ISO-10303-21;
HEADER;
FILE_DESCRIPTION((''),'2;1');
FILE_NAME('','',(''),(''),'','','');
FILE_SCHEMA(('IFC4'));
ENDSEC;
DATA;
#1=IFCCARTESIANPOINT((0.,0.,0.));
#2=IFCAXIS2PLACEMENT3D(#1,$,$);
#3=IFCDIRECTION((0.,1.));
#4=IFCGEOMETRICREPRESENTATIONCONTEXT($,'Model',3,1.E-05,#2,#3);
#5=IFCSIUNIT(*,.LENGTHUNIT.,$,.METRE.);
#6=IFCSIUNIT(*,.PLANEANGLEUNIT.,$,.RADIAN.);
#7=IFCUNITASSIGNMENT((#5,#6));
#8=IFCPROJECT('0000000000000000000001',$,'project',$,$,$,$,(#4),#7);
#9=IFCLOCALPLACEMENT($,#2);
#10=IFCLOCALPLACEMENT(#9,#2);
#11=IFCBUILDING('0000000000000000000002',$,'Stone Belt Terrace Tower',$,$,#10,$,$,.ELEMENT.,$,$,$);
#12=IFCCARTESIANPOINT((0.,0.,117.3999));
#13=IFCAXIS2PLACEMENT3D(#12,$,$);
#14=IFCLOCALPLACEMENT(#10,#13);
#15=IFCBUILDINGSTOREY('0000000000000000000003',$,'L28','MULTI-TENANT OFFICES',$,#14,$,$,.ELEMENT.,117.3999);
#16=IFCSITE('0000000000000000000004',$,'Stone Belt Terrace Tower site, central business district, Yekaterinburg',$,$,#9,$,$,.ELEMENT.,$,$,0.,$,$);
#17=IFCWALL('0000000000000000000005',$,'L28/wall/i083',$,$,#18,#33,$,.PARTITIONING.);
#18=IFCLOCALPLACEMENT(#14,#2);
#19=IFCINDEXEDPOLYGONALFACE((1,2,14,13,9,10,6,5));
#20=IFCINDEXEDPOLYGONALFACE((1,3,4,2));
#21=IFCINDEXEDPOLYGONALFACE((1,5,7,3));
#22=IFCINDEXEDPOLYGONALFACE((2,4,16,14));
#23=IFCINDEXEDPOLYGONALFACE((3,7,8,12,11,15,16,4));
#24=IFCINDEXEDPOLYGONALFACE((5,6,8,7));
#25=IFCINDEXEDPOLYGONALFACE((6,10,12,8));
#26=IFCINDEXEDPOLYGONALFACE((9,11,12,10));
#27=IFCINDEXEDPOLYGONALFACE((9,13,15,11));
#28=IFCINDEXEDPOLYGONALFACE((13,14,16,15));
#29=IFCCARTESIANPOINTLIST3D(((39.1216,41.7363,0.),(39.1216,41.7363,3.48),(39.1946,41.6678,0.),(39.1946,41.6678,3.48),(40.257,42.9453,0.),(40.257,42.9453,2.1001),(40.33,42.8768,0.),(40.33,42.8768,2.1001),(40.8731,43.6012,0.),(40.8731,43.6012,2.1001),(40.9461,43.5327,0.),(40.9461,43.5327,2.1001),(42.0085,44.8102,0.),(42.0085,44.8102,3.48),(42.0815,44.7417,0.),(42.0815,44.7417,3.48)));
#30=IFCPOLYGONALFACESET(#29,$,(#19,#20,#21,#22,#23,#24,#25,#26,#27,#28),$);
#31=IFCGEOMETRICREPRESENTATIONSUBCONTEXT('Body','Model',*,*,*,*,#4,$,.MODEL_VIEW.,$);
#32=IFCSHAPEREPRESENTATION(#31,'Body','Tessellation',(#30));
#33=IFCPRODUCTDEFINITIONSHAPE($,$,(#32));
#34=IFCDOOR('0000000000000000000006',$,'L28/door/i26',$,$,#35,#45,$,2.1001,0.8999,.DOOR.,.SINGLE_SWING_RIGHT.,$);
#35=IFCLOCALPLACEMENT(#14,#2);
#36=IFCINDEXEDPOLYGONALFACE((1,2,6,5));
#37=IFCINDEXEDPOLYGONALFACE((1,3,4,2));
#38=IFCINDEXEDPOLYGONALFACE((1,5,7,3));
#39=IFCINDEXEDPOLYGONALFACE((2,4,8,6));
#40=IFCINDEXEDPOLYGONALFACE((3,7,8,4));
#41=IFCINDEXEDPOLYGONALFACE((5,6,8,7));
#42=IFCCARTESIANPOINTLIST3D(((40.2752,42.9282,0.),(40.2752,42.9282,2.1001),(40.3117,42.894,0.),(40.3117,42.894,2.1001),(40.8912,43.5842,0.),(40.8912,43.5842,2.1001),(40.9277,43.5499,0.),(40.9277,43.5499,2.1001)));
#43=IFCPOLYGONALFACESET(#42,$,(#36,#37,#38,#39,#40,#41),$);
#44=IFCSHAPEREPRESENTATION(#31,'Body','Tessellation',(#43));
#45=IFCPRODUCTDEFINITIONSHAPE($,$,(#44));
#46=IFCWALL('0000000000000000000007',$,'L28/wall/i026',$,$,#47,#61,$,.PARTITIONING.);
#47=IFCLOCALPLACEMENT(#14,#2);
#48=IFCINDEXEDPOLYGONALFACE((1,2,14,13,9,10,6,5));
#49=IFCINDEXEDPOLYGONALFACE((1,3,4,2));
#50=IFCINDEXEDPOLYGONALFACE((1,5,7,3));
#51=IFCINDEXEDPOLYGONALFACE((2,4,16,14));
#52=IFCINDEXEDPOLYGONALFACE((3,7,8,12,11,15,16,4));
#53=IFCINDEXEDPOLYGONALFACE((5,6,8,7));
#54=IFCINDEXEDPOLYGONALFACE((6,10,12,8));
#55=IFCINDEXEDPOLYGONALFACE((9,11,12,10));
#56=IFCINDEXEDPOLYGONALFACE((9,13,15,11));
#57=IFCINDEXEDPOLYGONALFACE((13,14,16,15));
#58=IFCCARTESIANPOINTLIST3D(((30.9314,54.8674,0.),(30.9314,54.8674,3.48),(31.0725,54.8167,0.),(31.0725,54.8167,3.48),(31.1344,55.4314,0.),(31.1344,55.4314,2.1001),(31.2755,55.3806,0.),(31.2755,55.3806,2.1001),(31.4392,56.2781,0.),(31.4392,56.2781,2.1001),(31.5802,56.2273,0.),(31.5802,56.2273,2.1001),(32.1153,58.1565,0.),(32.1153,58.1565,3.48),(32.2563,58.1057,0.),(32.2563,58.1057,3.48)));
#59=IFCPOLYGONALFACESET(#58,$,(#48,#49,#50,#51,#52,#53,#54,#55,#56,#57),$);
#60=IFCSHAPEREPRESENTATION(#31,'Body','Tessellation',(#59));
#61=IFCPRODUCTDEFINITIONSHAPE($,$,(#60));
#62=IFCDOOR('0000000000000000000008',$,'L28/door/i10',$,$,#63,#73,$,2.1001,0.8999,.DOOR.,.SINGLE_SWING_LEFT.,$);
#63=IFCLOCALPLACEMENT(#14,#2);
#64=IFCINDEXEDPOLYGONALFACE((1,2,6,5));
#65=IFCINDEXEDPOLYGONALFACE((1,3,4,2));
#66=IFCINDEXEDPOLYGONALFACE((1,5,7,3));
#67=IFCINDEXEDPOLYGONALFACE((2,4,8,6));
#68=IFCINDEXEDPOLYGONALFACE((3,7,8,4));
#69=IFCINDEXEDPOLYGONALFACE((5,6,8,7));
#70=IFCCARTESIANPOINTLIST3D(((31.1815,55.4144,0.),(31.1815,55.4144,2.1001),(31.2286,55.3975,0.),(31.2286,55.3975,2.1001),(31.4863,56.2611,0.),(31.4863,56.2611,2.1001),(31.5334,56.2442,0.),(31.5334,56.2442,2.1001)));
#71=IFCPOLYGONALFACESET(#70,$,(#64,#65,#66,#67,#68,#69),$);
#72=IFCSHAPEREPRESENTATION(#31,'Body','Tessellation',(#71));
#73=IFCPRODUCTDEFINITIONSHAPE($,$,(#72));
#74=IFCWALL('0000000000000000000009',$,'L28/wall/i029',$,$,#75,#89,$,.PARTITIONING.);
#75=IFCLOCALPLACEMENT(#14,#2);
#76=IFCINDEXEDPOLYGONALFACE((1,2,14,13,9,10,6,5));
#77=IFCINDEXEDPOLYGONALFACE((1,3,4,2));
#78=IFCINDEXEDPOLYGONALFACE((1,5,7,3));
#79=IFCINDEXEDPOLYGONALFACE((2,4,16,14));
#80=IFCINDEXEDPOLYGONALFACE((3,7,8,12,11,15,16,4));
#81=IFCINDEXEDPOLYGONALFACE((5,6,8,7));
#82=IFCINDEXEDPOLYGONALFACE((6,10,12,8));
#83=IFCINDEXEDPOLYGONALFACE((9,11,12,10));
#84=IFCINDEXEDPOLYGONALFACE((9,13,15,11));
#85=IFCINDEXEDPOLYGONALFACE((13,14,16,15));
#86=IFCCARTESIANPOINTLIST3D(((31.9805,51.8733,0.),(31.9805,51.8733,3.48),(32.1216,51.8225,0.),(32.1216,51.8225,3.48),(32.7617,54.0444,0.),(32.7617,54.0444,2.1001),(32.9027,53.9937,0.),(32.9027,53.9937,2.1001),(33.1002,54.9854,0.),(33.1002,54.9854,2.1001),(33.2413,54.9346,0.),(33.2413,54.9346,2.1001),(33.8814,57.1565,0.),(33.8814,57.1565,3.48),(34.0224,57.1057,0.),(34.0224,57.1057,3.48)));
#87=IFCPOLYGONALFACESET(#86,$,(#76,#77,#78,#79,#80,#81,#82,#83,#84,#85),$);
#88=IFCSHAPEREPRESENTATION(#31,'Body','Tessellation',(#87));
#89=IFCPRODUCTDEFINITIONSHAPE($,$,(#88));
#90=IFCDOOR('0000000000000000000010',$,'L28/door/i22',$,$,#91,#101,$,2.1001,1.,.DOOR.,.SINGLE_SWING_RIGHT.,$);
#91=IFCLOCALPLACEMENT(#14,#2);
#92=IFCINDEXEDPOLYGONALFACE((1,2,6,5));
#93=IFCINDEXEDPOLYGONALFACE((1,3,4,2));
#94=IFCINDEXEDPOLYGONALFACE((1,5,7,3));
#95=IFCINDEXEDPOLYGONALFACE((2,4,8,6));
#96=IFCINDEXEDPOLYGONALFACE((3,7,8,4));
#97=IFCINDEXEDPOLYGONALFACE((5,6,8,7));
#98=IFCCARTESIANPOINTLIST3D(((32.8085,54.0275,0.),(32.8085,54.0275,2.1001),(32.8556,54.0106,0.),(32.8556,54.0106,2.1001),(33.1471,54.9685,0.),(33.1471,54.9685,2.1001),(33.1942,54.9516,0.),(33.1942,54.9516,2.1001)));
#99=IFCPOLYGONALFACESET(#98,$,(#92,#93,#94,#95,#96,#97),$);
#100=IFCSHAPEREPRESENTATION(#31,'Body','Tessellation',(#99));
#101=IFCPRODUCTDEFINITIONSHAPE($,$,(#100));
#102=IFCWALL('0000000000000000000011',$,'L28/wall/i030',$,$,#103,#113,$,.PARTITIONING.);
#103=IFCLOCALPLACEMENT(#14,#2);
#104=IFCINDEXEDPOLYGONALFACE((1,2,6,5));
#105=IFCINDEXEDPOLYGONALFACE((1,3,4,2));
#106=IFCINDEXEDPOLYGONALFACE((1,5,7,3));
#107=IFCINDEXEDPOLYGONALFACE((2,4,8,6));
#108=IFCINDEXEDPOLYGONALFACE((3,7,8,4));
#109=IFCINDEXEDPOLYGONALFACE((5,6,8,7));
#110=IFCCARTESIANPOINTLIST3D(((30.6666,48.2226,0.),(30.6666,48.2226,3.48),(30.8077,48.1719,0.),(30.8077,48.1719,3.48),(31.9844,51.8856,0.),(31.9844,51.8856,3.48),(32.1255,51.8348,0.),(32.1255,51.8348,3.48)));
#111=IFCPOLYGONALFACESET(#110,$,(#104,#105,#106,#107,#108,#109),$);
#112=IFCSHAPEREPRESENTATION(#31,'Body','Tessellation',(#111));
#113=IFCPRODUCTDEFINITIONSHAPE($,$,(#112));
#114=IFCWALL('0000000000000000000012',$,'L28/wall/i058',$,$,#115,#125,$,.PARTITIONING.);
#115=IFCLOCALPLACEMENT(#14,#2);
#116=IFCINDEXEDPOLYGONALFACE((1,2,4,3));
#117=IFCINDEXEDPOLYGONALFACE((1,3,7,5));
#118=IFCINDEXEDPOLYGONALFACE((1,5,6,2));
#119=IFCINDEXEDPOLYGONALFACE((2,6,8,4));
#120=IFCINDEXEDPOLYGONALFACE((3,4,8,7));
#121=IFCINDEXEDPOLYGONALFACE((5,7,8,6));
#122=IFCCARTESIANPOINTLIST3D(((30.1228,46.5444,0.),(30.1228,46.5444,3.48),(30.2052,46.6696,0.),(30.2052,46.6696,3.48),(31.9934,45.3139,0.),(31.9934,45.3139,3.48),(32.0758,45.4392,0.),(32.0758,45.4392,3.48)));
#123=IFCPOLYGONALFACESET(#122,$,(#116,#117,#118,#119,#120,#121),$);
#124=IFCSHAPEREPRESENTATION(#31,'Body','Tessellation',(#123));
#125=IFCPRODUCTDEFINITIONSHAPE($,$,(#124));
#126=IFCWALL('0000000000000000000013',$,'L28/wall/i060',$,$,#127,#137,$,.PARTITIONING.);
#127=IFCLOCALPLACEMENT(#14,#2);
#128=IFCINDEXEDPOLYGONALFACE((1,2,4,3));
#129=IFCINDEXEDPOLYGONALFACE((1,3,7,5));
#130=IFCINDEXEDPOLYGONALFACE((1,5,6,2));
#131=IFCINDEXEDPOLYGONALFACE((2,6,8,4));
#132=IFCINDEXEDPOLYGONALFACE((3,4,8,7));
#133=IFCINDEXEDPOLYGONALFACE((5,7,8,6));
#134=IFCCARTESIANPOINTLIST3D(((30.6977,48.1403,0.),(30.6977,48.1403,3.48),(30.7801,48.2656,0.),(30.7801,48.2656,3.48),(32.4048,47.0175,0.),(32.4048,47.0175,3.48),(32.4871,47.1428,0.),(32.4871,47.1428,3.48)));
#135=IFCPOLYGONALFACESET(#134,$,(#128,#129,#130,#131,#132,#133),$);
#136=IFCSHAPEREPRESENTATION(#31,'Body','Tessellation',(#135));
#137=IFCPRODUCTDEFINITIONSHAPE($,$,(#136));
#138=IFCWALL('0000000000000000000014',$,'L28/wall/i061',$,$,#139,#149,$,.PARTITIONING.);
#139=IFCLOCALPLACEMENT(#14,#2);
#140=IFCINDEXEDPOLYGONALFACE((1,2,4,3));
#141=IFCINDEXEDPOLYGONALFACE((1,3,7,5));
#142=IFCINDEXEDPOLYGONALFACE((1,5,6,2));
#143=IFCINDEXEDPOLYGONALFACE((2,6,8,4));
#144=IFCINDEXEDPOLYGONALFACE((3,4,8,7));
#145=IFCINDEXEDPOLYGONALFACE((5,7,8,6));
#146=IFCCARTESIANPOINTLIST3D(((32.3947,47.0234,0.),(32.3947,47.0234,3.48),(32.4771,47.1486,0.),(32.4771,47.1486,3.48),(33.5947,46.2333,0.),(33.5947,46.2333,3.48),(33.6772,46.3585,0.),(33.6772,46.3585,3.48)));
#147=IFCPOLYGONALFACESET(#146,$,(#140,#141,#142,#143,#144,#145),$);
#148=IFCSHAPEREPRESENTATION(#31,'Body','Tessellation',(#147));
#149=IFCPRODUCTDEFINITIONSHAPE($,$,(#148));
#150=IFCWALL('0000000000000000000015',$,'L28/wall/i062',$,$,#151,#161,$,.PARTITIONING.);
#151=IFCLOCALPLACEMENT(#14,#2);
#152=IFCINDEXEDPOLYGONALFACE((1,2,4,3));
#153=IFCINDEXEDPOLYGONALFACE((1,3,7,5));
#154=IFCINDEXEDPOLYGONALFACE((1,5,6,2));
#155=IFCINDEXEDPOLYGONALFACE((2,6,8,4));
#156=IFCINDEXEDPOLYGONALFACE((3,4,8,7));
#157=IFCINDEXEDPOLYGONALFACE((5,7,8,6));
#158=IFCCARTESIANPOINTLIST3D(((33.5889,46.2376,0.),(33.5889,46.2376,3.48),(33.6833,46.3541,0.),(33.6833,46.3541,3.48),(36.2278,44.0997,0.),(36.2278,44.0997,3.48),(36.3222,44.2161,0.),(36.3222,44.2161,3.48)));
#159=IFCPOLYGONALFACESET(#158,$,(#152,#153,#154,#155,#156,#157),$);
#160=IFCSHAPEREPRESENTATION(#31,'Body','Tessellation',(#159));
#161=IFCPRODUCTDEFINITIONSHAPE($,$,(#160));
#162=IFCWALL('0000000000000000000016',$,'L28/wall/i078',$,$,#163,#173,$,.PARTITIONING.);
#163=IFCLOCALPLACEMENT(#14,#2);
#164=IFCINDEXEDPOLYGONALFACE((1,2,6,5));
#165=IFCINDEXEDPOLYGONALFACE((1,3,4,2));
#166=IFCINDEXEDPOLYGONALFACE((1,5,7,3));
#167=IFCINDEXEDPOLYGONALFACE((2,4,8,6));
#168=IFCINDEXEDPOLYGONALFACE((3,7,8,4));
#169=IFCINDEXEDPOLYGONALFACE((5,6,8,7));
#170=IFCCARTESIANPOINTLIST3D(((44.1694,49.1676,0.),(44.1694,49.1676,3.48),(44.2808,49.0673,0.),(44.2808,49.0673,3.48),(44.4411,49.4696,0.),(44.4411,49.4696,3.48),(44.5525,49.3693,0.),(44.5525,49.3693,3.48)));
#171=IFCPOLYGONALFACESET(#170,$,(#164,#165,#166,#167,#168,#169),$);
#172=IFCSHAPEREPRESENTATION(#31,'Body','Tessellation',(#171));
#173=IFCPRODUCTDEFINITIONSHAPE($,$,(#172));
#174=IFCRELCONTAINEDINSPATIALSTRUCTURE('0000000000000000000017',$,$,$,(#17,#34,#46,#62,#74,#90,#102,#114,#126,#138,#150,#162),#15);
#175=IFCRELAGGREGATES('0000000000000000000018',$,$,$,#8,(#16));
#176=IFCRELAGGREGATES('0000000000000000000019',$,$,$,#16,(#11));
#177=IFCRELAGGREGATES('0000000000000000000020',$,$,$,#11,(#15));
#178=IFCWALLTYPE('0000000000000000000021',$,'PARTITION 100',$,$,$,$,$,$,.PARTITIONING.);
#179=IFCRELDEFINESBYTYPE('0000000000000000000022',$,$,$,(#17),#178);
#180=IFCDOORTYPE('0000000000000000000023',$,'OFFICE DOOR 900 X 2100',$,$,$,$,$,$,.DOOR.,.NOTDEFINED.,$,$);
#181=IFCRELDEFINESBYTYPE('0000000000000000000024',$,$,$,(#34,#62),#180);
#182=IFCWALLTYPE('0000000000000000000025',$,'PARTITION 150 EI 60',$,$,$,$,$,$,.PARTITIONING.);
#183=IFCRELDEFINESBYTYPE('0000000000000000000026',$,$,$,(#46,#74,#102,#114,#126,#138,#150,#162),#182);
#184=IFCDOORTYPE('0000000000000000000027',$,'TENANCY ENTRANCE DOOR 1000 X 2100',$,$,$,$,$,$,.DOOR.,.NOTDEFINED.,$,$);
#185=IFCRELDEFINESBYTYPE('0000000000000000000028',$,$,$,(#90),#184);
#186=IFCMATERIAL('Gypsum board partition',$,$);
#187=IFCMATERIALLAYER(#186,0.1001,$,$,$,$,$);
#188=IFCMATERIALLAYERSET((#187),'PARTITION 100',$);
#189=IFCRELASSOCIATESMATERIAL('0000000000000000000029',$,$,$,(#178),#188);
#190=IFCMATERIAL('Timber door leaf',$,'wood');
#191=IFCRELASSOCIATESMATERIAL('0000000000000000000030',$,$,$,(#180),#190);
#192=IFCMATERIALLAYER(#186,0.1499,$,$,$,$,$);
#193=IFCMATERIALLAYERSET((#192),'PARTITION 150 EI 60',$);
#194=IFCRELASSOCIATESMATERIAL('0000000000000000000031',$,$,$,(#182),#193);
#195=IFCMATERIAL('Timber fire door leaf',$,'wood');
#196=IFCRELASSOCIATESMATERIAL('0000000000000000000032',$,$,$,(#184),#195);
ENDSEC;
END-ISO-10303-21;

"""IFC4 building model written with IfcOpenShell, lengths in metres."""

from ifc_helpers import new_model, si_unit, direction, frame, frame_2d, origin, place, context, subcontext, project, spatial, rectangle, extrude, material, layer, layer_set, type_object, element, fill, save


model = new_model("IFC4")

# Units and contexts
model_context = context("Model", 3, precision=1e-05, world=origin(), true_north=direction((0.0, 1.0)))
body_context = subcontext(model_context, "Body", "Model", "MODEL_VIEW")
ifc_project = project(units=[si_unit("LENGTHUNIT", "METRE"), si_unit("PLANEANGLEUNIT", "RADIAN")], contexts=[model_context])

# Site, building, storey
site_placement = place(None, origin())
site = spatial("IfcSite", under=ifc_project, at=site_placement, Name="Stone Belt Terrace Tower site, central business district, Yekaterinburg", CompositionType="ELEMENT", RefElevation=0.0)
building_placement = place(site_placement, origin())
building = spatial("IfcBuilding", under=site, at=building_placement, Name="Stone Belt Terrace Tower", CompositionType="ELEMENT")
storey_placement = place(building_placement, frame((0.0, 0.0, 117.3999)))
storey = spatial("IfcBuildingStorey", under=building, at=storey_placement, Name="L28", Description="MULTI-TENANT OFFICES", CompositionType="ELEMENT", Elevation=117.3999)

# Shared definitions
ifc_material_1 = material(Name="Gypsum board partition")
ifc_layer_1 = layer(ifc_material_1, 0.1001)
ifc_layer_set_1 = layer_set([ifc_layer_1], Name="PARTITION 100")
wall_type_1 = type_object("IfcWallType", Name="PARTITION 100", PredefinedType="PARTITIONING", material=ifc_layer_set_1)
ifc_material_2 = material(Name="Timber door leaf", Category="wood")
door_type_1 = type_object("IfcDoorType", Name="OFFICE DOOR 900 X 2100", OperationType="NOTDEFINED", PredefinedType="DOOR", material=ifc_material_2)

# Walls, openings, doors
wall_1_placement = place(storey_placement, frame((42.0449, 44.7759, 0.0), z_axis=(0.0, 0.0, 1.0), x_axis=(-0.684586, -0.728932, 0.0)))
wall_1 = element("IfcWall", 1, at=wall_1_placement, inside=storey, type_object=wall_type_1, Name="L28/wall/i083", PredefinedType="PARTITIONING", context=body_context, shape_type="SweptSolid", body=[
    extrude(rectangle(XDim=4.217, YDim=0.1001, at=frame_2d((2.1084, 0.0))), origin(), (0.0, 0.0, 1.0), 3.48),
])
opening_1_placement = place(wall_1_placement, frame((1.6584, 0.0, 0.0)))
opening_1 = element("IfcOpeningElement", 2, at=opening_1_placement, cuts=wall_1, PredefinedType="OPENING", context=body_context, shape_type="SweptSolid", body=[
    extrude(rectangle(XDim=0.8999, YDim=2.1001, at=frame_2d((0.45, 1.05))), frame((0.0, 0.0601, 0.0), z_axis=(0.0, -1.0, 0.0), x_axis=(1.0, 0.0, 0.0)), (0.0, 0.0, 1.0), 0.1201),
])
door_1_placement = place(opening_1_placement, origin())
door_1 = element("IfcDoor", 3, at=door_1_placement, inside=storey, type_object=door_type_1, Name="L28/door/i26", OperationType="SINGLE_SWING_RIGHT", OverallHeight=2.1001, OverallWidth=0.8999, PredefinedType="DOOR", context=body_context, shape_type="SweptSolid", body=[
    extrude(rectangle(XDim=0.8999, YDim=2.1001, at=frame_2d((0.45, 1.05))), frame((0.0, 0.0249, 0.0), z_axis=(0.0, -1.0, 0.0), x_axis=(1.0, 0.0, 0.0)), (0.0, 0.0, 1.0), 0.05),
])
fill(opening_1, door_1)
ifc_layer_2 = layer(ifc_material_1, 0.1499)
ifc_layer_set_2 = layer_set([ifc_layer_2], Name="PARTITION 150 EI 60")
wall_type_2 = type_object("IfcWallType", Name="PARTITION 150 EI 60", PredefinedType="PARTITIONING", material=ifc_layer_set_2)
wall_2_placement = place(storey_placement, frame((31.002, 54.842, 0.0), z_axis=(0.0, 0.0, 1.0), x_axis=(0.338663, 0.940908, 0.0)))
wall_2 = element("IfcWall", 4, at=wall_2_placement, inside=storey, type_object=wall_type_2, Name="L28/wall/i026", PredefinedType="PARTITIONING", context=body_context, shape_type="SweptSolid", body=[
    extrude(rectangle(XDim=3.4956, YDim=0.1499, at=frame_2d((1.7478, 0.0))), origin(), (0.0, 0.0, 1.0), 3.48),
])
opening_2_placement = place(wall_2_placement, frame((0.5994, 0.0, 0.0)))
opening_2 = element("IfcOpeningElement", 5, at=opening_2_placement, cuts=wall_2, PredefinedType="OPENING", context=body_context, shape_type="SweptSolid", body=[
    extrude(rectangle(XDim=0.8999, YDim=2.1001, at=frame_2d((0.45, 1.05))), frame((0.0, 0.085, 0.0), z_axis=(0.0, -1.0, 0.0), x_axis=(1.0, 0.0, 0.0)), (0.0, 0.0, 1.0), 0.1699),
])
door_2_placement = place(opening_2_placement, origin())
door_2 = element("IfcDoor", 6, at=door_2_placement, inside=storey, type_object=door_type_1, Name="L28/door/i10", OperationType="SINGLE_SWING_LEFT", OverallHeight=2.1001, OverallWidth=0.8999, PredefinedType="DOOR", context=body_context, shape_type="SweptSolid", body=[
    extrude(rectangle(XDim=0.8999, YDim=2.1001, at=frame_2d((0.45, 1.05))), frame((0.0, 0.0249, 0.0), z_axis=(0.0, -1.0, 0.0), x_axis=(1.0, 0.0, 0.0)), (0.0, 0.0, 1.0), 0.05),
])
fill(opening_2, door_2)
wall_3_placement = place(storey_placement, frame((33.9519, 57.1311, 0.0), z_axis=(0.0, 0.0, 1.0), x_axis=(-0.33855, -0.940948, 0.0)))
wall_3 = element("IfcWall", 7, at=wall_3_placement, inside=storey, type_object=wall_type_2, Name="L28/wall/i029", PredefinedType="PARTITIONING", context=body_context, shape_type="SweptSolid", body=[
    extrude(rectangle(XDim=5.6147, YDim=0.1499, at=frame_2d((2.8074, 0.0))), origin(), (0.0, 0.0, 1.0), 3.48),
])
opening_3_placement = place(wall_3_placement, frame((2.3074, 0.0, 0.0)))
opening_3 = element("IfcOpeningElement", 8, at=opening_3_placement, cuts=wall_3, PredefinedType="OPENING", context=body_context, shape_type="SweptSolid", body=[
    extrude(rectangle(XDim=1.0, YDim=2.1001, at=frame_2d((0.5, 1.05))), frame((0.0, 0.085, 0.0), z_axis=(0.0, -1.0, 0.0), x_axis=(1.0, 0.0, 0.0)), (0.0, 0.0, 1.0), 0.1699),
])
ifc_material_3 = material(Name="Timber fire door leaf", Category="wood")
door_type_2 = type_object("IfcDoorType", Name="TENANCY ENTRANCE DOOR 1000 X 2100", OperationType="NOTDEFINED", PredefinedType="DOOR", material=ifc_material_3)
door_3_placement = place(opening_3_placement, origin())
door_3 = element("IfcDoor", 9, at=door_3_placement, inside=storey, type_object=door_type_2, Name="L28/door/i22", OperationType="SINGLE_SWING_RIGHT", OverallHeight=2.1001, OverallWidth=1.0, PredefinedType="DOOR", context=body_context, shape_type="SweptSolid", body=[
    extrude(rectangle(XDim=1.0, YDim=2.1001, at=frame_2d((0.5, 1.05))), frame((0.0, 0.0249, 0.0), z_axis=(0.0, -1.0, 0.0), x_axis=(1.0, 0.0, 0.0)), (0.0, 0.0, 1.0), 0.05),
])
fill(opening_3, door_3)

# Walls
wall_4_placement = place(storey_placement, frame((32.0549, 51.8601, 0.0), z_axis=(0.0, 0.0, 1.0), x_axis=(-0.338528, -0.940956, 0.0)))
element("IfcWall", 10, at=wall_4_placement, inside=storey, type_object=wall_type_2, Name="L28/wall/i030", PredefinedType="PARTITIONING", context=body_context, shape_type="SweptSolid", body=[
    extrude(rectangle(XDim=3.8928, YDim=0.1499, at=frame_2d((1.9463, 0.0))), origin(), (0.0, 0.0, 1.0), 3.48),
])
wall_5_placement = place(storey_placement, frame((32.0347, 45.3765, 0.0), z_axis=(0.0, 0.0, 1.0), x_axis=(-0.835457, 0.549556, 0.0)))
element("IfcWall", 11, at=wall_5_placement, inside=storey, type_object=wall_type_2, Name="L28/wall/i058", PredefinedType="PARTITIONING", context=body_context, shape_type="SweptSolid", body=[
    extrude(rectangle(XDim=2.239, YDim=0.1499, at=frame_2d((1.1196, 0.0))), origin(), (0.0, 0.0, 1.0), 3.48),
])
wall_6_placement = place(storey_placement, frame((30.739, 48.2029, 0.0), z_axis=(0.0, 0.0, 1.0), x_axis=(0.835472, -0.549533, 0.0)))
element("IfcWall", 12, at=wall_6_placement, inside=storey, type_object=wall_type_2, Name="L28/wall/i060", PredefinedType="PARTITIONING", context=body_context, shape_type="SweptSolid", body=[
    extrude(rectangle(XDim=2.0432, YDim=0.1499, at=frame_2d((1.0215, 0.0))), origin(), (0.0, 0.0, 1.0), 3.48),
])
wall_7_placement = place(storey_placement, frame((32.436, 47.0859, 0.0), z_axis=(0.0, 0.0, 1.0), x_axis=(0.835226, -0.549907, 0.0)))
element("IfcWall", 13, at=wall_7_placement, inside=storey, type_object=wall_type_2, Name="L28/wall/i061", PredefinedType="PARTITIONING", context=body_context, shape_type="SweptSolid", body=[
    extrude(rectangle(XDim=1.4368, YDim=0.1499, at=frame_2d((0.7183, 0.0))), origin(), (0.0, 0.0, 1.0), 3.48),
])
wall_8_placement = place(storey_placement, frame((33.636, 46.2959, 0.0), z_axis=(0.0, 0.0, 1.0), x_axis=(0.777004, -0.629496, 0.0)))
element("IfcWall", 14, at=wall_8_placement, inside=storey, type_object=wall_type_2, Name="L28/wall/i062", PredefinedType="PARTITIONING", context=body_context, shape_type="SweptSolid", body=[
    extrude(rectangle(XDim=3.3962, YDim=0.1499, at=frame_2d((1.6982, 0.0))), origin(), (0.0, 0.0, 1.0), 3.48),
])
wall_9_placement = place(storey_placement, frame((44.4968, 49.4194, 0.0), z_axis=(0.0, 0.0, 1.0), x_axis=(-0.668865, -0.743384, 0.0)))
element("IfcWall", 15, at=wall_9_placement, inside=storey, type_object=wall_type_2, Name="L28/wall/i078", PredefinedType="PARTITIONING", context=body_context, shape_type="SweptSolid", body=[
    extrude(rectangle(XDim=0.4062, YDim=0.1499, at=frame_2d((0.2031, 0.0))), origin(), (0.0, 0.0, 1.0), 3.48),
])

save(model, "model.ifc")
